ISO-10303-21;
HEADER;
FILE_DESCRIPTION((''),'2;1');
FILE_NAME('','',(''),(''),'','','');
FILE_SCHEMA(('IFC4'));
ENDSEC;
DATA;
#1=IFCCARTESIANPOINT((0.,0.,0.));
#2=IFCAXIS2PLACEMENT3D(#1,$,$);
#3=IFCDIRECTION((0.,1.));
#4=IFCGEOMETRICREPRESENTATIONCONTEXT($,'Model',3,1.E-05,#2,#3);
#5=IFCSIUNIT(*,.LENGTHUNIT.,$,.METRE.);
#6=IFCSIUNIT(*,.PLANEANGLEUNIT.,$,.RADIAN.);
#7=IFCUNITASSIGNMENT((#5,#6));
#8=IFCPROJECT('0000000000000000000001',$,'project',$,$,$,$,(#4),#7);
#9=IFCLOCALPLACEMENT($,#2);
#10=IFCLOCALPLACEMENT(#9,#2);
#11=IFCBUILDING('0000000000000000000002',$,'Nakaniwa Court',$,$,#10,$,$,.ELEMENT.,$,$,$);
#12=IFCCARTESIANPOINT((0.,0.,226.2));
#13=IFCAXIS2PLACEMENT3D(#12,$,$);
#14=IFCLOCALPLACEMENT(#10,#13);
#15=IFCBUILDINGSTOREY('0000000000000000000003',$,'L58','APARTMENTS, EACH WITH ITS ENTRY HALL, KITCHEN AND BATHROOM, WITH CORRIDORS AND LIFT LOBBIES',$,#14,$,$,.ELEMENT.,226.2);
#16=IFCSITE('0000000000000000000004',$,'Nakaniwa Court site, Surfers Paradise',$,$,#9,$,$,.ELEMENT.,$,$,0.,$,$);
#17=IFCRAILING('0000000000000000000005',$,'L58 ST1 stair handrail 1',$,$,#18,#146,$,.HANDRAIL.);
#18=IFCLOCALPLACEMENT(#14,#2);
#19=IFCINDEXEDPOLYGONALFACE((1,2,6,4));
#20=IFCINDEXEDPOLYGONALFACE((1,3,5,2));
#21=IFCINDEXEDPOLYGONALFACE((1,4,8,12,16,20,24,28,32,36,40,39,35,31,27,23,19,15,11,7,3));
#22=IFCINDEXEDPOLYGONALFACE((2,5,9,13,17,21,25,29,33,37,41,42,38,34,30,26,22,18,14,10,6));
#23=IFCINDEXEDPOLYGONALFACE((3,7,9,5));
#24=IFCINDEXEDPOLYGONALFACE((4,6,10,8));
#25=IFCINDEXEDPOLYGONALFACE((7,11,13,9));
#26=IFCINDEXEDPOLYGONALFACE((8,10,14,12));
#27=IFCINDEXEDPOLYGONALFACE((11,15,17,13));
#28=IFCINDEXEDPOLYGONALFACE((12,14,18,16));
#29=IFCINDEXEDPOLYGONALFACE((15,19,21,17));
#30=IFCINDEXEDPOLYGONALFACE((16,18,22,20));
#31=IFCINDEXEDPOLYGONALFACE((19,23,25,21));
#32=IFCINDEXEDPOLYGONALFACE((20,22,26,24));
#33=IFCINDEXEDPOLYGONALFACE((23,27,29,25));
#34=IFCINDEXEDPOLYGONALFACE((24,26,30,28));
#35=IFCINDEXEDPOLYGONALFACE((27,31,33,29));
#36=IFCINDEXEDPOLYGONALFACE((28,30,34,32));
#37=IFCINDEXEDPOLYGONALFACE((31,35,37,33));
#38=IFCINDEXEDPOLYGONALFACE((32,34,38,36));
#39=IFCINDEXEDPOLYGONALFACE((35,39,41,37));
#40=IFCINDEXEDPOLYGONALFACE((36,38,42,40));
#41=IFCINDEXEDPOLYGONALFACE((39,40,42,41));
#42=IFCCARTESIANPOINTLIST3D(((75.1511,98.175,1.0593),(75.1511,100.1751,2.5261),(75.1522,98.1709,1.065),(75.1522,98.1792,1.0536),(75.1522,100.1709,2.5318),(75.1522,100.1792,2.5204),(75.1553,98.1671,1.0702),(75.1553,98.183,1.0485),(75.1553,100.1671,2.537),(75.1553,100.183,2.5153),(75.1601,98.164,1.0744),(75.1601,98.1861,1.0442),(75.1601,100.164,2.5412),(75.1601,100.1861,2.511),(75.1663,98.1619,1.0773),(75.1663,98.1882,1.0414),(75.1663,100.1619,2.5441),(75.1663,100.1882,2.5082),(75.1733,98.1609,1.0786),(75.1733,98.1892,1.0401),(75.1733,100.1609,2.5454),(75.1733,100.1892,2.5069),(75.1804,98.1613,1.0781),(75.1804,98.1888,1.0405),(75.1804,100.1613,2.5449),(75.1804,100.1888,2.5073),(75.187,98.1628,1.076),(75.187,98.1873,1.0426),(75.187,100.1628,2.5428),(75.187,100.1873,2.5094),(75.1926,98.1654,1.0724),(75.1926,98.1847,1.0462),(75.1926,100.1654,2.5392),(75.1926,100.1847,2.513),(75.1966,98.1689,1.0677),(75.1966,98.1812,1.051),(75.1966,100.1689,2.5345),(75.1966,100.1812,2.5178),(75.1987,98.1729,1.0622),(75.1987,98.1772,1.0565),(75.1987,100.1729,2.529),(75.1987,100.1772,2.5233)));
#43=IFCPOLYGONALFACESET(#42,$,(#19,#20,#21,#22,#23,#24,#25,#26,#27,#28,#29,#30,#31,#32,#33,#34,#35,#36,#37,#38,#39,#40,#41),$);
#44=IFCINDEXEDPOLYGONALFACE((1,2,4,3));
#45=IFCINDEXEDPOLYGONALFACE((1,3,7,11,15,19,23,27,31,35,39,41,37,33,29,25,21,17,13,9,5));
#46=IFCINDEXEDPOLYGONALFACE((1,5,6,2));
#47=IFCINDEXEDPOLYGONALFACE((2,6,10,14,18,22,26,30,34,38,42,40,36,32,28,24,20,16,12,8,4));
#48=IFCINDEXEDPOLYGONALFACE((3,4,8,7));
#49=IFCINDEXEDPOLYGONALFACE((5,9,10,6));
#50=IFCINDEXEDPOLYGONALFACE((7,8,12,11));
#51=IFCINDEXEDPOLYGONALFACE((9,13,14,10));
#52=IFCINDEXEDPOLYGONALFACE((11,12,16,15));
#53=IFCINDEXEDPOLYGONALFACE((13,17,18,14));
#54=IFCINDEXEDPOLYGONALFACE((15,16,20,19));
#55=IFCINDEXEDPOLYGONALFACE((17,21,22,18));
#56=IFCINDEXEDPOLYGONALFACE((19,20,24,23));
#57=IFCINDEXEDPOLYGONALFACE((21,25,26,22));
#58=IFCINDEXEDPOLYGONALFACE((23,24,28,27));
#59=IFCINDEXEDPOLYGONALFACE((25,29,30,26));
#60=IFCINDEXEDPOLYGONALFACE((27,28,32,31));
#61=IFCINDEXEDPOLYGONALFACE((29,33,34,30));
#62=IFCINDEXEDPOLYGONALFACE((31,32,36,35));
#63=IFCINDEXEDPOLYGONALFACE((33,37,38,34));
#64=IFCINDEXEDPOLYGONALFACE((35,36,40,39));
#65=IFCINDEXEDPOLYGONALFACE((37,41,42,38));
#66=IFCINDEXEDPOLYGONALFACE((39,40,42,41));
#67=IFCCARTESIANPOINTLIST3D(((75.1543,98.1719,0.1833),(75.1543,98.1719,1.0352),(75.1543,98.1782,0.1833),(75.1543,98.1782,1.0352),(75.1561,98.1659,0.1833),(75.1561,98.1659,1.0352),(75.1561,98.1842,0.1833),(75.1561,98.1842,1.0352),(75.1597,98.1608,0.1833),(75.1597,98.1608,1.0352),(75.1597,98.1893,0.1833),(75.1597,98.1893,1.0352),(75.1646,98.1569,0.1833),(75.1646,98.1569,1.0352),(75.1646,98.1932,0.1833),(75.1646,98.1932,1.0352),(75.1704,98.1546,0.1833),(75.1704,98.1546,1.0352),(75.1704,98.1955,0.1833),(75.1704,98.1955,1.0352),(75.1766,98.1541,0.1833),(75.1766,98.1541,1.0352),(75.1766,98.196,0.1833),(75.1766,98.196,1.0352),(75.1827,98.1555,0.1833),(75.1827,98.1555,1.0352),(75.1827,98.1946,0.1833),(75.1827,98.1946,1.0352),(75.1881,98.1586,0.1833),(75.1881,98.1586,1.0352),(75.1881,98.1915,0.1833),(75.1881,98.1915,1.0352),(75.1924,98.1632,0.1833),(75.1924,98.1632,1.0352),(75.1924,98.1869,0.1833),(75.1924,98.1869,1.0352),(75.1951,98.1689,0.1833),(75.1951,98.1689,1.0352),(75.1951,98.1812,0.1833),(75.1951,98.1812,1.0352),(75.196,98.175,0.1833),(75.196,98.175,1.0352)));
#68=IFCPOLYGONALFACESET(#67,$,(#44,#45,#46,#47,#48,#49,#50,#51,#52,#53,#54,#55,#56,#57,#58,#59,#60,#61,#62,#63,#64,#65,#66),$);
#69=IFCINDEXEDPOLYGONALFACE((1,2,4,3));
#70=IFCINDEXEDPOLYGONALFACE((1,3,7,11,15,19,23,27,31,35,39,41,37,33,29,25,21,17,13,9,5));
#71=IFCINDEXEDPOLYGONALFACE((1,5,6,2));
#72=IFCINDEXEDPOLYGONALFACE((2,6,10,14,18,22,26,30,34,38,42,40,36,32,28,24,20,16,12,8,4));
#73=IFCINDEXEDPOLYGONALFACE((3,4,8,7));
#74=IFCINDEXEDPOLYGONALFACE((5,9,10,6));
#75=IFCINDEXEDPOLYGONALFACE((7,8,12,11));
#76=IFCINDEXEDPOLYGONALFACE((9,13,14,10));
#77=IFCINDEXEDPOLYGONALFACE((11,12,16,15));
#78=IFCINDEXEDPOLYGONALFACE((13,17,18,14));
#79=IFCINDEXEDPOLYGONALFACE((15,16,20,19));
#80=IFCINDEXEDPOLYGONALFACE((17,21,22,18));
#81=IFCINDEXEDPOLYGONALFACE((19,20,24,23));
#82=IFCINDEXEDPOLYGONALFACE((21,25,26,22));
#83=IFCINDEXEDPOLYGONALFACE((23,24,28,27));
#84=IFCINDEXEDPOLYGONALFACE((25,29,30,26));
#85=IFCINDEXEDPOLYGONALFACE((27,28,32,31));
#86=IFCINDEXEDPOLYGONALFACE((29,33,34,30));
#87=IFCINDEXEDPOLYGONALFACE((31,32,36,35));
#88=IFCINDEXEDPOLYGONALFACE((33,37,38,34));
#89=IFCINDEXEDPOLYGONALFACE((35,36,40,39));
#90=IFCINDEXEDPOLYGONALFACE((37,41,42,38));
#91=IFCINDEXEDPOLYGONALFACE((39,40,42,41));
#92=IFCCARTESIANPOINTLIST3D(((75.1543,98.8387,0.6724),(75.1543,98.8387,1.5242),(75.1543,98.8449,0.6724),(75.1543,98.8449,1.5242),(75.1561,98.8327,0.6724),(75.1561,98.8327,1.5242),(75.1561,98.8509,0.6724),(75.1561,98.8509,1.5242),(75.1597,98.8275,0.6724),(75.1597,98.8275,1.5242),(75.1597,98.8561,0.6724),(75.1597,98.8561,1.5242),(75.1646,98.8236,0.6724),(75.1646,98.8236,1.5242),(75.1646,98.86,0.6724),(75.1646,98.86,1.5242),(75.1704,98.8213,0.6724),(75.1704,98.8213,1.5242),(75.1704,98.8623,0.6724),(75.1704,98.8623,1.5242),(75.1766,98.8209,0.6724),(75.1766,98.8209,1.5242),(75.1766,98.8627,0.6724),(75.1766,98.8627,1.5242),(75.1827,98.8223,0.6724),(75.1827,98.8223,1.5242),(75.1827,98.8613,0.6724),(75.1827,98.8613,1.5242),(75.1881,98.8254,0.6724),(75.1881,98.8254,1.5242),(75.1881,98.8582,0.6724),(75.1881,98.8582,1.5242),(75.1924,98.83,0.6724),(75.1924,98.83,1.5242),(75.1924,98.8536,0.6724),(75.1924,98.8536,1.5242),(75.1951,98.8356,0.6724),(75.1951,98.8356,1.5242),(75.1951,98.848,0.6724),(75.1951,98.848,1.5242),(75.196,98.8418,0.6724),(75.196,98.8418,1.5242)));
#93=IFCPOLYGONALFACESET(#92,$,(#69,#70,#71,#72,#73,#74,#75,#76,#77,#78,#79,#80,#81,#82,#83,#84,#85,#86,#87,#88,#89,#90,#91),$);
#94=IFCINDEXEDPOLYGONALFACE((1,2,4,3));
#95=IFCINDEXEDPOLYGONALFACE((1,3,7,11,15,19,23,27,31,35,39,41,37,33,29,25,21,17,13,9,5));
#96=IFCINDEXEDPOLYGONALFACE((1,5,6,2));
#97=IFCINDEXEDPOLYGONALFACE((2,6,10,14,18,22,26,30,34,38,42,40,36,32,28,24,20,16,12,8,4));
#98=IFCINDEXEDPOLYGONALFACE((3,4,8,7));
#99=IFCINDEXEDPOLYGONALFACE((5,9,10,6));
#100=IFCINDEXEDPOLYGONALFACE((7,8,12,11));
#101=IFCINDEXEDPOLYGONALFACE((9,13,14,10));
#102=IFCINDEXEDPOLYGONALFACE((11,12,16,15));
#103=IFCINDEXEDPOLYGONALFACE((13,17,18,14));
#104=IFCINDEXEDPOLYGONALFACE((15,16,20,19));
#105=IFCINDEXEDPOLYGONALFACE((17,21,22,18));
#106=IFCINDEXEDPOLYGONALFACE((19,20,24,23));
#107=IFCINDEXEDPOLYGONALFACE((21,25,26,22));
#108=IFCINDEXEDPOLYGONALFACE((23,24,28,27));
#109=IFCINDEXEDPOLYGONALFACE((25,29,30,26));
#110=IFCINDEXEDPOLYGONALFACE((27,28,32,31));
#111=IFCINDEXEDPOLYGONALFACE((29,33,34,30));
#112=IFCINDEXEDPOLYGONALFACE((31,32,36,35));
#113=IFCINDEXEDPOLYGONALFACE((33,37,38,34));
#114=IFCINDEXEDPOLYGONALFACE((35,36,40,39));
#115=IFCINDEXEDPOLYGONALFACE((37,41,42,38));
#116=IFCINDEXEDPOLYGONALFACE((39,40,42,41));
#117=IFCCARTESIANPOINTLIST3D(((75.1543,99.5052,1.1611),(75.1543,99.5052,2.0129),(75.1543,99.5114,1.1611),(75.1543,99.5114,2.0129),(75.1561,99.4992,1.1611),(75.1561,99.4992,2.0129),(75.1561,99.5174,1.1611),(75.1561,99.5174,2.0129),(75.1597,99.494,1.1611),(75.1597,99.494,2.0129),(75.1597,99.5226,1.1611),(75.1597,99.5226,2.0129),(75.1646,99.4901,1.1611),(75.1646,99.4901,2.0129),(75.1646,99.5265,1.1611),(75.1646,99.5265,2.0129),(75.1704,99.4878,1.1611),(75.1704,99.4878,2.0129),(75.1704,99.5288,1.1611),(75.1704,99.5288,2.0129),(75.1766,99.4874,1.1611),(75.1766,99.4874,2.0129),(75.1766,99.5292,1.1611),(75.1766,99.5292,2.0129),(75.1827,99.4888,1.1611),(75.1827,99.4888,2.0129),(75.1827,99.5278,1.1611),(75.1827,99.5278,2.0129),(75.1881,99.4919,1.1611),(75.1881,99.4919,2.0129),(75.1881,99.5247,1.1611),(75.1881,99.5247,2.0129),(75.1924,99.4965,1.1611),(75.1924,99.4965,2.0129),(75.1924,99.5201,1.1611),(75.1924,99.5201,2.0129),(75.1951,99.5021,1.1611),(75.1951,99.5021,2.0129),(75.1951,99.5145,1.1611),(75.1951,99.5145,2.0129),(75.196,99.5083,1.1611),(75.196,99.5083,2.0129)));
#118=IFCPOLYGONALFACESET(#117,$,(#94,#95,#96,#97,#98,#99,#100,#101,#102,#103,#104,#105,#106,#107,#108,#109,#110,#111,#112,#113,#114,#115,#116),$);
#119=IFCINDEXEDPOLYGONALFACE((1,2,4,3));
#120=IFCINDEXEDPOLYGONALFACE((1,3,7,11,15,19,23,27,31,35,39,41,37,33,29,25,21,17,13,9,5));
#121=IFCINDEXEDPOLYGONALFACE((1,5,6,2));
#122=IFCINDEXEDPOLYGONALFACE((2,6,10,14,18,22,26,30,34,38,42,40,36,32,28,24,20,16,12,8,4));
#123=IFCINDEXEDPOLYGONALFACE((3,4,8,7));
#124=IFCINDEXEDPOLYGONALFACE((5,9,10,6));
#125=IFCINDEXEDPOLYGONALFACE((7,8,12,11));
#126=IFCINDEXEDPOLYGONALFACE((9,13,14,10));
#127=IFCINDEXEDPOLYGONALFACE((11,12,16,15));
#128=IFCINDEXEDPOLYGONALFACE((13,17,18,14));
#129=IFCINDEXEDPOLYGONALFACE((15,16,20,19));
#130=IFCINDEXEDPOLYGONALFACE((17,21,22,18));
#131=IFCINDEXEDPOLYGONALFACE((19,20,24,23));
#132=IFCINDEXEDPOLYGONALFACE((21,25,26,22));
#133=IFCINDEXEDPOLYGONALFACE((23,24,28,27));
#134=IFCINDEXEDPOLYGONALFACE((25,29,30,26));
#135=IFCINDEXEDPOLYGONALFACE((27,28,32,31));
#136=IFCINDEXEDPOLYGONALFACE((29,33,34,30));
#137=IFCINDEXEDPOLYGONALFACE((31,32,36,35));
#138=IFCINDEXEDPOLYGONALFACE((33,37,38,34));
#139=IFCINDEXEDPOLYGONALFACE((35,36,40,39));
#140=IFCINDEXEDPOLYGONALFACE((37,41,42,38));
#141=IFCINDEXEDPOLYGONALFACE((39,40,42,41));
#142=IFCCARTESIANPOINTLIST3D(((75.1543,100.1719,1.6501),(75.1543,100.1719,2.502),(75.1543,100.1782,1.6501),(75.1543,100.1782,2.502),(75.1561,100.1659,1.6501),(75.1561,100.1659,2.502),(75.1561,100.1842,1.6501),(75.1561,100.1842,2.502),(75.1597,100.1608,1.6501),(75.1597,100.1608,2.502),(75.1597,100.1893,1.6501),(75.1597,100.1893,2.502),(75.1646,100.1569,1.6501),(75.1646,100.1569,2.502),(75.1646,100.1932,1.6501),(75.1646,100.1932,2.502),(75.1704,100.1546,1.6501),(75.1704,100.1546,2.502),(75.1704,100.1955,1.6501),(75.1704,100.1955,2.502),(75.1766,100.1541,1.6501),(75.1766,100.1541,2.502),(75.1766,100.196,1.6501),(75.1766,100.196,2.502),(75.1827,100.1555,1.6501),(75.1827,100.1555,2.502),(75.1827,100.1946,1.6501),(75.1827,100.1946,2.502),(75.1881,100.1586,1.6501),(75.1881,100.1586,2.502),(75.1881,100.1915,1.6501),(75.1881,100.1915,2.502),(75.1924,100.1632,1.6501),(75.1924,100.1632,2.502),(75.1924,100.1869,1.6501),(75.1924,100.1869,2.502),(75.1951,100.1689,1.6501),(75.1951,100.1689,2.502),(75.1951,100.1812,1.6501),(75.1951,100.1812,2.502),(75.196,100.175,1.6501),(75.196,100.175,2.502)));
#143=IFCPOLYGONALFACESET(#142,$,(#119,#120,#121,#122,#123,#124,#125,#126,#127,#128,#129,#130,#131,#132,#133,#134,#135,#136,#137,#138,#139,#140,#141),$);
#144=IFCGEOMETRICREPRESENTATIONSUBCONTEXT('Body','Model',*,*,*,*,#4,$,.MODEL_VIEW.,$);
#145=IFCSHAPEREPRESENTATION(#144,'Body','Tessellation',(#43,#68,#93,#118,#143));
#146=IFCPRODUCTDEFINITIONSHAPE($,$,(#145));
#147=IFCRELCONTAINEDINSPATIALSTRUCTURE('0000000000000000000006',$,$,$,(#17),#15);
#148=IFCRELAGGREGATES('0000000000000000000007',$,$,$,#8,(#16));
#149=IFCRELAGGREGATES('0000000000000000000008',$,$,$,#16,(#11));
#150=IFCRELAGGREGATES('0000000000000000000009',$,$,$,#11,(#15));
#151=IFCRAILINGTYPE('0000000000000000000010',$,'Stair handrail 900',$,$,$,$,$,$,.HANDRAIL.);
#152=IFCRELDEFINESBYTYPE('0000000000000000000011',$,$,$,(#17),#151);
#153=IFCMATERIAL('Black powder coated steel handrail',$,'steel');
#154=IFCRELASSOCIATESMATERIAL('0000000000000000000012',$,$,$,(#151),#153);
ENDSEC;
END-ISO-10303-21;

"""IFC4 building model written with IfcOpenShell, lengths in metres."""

from ifc_helpers import new_model, si_unit, direction, frame, origin, origin_2d, place, context, subcontext, project, spatial, circle, extrude, material, type_object, element, save


model = new_model("IFC4")

# Units and contexts
model_context = context("Model", 3, precision=1e-05, world=origin(), true_north=direction((0.0, 1.0)))
body_context = subcontext(model_context, "Body", "Model", "MODEL_VIEW")
ifc_project = project(units=[si_unit("LENGTHUNIT", "METRE"), si_unit("PLANEANGLEUNIT", "RADIAN")], contexts=[model_context])

# Site, building, storey
site_placement = place(None, origin())
site = spatial("IfcSite", under=ifc_project, at=site_placement, Name="Nakaniwa Court site, Surfers Paradise", CompositionType="ELEMENT", RefElevation=0.0)
building_placement = place(site_placement, origin())
building = spatial("IfcBuilding", under=site, at=building_placement, Name="Nakaniwa Court", CompositionType="ELEMENT")
storey_placement = place(building_placement, frame((0.0, 0.0, 226.2)))
storey = spatial("IfcBuildingStorey", under=building, at=storey_placement, Name="L58", Description="APARTMENTS, EACH WITH ITS ENTRY HALL, KITCHEN AND BATHROOM, WITH CORRIDORS AND LIFT LOBBIES", CompositionType="ELEMENT", Elevation=226.2)

# Railing
ifc_material_1 = material(Name="Black powder coated steel handrail", Category="steel")
railing_type_1 = type_object("IfcRailingType", Name="Stair handrail 900", PredefinedType="HANDRAIL", material=ifc_material_1)
railing_1_placement = place(storey_placement, frame((75.175, 98.175, 0.1833)))
element("IfcRailing", 1, at=railing_1_placement, inside=storey, type_object=railing_type_1, Name="L58 ST1 stair handrail 1", PredefinedType="HANDRAIL", context=body_context, shape_type="SweptSolid", body=[
    extrude(circle(Radius=0.0239, at=origin_2d()), frame((0.0, 0.0, 0.876), z_axis=(0.0, 0.80638, 0.591398), x_axis=(-1.0, 0.0, 0.0)), (0.0, 0.0, 1.0), 2.4802),
    extrude(circle(Radius=0.021, at=origin_2d()), origin(), (0.0, 0.0, 1.0), 0.8518),
    extrude(circle(Radius=0.021, at=origin_2d()), frame((0.0, 0.6667, 0.489)), (0.0, 0.0, 1.0), 0.8518),
    extrude(circle(Radius=0.021, at=origin_2d()), frame((0.0, 1.3333, 0.9778)), (0.0, 0.0, 1.0), 0.8518),
    extrude(circle(Radius=0.021, at=origin_2d()), frame((0.0, 2.0, 1.4668)), (0.0, 0.0, 1.0), 0.8518),
])

save(model, "model.ifc")
